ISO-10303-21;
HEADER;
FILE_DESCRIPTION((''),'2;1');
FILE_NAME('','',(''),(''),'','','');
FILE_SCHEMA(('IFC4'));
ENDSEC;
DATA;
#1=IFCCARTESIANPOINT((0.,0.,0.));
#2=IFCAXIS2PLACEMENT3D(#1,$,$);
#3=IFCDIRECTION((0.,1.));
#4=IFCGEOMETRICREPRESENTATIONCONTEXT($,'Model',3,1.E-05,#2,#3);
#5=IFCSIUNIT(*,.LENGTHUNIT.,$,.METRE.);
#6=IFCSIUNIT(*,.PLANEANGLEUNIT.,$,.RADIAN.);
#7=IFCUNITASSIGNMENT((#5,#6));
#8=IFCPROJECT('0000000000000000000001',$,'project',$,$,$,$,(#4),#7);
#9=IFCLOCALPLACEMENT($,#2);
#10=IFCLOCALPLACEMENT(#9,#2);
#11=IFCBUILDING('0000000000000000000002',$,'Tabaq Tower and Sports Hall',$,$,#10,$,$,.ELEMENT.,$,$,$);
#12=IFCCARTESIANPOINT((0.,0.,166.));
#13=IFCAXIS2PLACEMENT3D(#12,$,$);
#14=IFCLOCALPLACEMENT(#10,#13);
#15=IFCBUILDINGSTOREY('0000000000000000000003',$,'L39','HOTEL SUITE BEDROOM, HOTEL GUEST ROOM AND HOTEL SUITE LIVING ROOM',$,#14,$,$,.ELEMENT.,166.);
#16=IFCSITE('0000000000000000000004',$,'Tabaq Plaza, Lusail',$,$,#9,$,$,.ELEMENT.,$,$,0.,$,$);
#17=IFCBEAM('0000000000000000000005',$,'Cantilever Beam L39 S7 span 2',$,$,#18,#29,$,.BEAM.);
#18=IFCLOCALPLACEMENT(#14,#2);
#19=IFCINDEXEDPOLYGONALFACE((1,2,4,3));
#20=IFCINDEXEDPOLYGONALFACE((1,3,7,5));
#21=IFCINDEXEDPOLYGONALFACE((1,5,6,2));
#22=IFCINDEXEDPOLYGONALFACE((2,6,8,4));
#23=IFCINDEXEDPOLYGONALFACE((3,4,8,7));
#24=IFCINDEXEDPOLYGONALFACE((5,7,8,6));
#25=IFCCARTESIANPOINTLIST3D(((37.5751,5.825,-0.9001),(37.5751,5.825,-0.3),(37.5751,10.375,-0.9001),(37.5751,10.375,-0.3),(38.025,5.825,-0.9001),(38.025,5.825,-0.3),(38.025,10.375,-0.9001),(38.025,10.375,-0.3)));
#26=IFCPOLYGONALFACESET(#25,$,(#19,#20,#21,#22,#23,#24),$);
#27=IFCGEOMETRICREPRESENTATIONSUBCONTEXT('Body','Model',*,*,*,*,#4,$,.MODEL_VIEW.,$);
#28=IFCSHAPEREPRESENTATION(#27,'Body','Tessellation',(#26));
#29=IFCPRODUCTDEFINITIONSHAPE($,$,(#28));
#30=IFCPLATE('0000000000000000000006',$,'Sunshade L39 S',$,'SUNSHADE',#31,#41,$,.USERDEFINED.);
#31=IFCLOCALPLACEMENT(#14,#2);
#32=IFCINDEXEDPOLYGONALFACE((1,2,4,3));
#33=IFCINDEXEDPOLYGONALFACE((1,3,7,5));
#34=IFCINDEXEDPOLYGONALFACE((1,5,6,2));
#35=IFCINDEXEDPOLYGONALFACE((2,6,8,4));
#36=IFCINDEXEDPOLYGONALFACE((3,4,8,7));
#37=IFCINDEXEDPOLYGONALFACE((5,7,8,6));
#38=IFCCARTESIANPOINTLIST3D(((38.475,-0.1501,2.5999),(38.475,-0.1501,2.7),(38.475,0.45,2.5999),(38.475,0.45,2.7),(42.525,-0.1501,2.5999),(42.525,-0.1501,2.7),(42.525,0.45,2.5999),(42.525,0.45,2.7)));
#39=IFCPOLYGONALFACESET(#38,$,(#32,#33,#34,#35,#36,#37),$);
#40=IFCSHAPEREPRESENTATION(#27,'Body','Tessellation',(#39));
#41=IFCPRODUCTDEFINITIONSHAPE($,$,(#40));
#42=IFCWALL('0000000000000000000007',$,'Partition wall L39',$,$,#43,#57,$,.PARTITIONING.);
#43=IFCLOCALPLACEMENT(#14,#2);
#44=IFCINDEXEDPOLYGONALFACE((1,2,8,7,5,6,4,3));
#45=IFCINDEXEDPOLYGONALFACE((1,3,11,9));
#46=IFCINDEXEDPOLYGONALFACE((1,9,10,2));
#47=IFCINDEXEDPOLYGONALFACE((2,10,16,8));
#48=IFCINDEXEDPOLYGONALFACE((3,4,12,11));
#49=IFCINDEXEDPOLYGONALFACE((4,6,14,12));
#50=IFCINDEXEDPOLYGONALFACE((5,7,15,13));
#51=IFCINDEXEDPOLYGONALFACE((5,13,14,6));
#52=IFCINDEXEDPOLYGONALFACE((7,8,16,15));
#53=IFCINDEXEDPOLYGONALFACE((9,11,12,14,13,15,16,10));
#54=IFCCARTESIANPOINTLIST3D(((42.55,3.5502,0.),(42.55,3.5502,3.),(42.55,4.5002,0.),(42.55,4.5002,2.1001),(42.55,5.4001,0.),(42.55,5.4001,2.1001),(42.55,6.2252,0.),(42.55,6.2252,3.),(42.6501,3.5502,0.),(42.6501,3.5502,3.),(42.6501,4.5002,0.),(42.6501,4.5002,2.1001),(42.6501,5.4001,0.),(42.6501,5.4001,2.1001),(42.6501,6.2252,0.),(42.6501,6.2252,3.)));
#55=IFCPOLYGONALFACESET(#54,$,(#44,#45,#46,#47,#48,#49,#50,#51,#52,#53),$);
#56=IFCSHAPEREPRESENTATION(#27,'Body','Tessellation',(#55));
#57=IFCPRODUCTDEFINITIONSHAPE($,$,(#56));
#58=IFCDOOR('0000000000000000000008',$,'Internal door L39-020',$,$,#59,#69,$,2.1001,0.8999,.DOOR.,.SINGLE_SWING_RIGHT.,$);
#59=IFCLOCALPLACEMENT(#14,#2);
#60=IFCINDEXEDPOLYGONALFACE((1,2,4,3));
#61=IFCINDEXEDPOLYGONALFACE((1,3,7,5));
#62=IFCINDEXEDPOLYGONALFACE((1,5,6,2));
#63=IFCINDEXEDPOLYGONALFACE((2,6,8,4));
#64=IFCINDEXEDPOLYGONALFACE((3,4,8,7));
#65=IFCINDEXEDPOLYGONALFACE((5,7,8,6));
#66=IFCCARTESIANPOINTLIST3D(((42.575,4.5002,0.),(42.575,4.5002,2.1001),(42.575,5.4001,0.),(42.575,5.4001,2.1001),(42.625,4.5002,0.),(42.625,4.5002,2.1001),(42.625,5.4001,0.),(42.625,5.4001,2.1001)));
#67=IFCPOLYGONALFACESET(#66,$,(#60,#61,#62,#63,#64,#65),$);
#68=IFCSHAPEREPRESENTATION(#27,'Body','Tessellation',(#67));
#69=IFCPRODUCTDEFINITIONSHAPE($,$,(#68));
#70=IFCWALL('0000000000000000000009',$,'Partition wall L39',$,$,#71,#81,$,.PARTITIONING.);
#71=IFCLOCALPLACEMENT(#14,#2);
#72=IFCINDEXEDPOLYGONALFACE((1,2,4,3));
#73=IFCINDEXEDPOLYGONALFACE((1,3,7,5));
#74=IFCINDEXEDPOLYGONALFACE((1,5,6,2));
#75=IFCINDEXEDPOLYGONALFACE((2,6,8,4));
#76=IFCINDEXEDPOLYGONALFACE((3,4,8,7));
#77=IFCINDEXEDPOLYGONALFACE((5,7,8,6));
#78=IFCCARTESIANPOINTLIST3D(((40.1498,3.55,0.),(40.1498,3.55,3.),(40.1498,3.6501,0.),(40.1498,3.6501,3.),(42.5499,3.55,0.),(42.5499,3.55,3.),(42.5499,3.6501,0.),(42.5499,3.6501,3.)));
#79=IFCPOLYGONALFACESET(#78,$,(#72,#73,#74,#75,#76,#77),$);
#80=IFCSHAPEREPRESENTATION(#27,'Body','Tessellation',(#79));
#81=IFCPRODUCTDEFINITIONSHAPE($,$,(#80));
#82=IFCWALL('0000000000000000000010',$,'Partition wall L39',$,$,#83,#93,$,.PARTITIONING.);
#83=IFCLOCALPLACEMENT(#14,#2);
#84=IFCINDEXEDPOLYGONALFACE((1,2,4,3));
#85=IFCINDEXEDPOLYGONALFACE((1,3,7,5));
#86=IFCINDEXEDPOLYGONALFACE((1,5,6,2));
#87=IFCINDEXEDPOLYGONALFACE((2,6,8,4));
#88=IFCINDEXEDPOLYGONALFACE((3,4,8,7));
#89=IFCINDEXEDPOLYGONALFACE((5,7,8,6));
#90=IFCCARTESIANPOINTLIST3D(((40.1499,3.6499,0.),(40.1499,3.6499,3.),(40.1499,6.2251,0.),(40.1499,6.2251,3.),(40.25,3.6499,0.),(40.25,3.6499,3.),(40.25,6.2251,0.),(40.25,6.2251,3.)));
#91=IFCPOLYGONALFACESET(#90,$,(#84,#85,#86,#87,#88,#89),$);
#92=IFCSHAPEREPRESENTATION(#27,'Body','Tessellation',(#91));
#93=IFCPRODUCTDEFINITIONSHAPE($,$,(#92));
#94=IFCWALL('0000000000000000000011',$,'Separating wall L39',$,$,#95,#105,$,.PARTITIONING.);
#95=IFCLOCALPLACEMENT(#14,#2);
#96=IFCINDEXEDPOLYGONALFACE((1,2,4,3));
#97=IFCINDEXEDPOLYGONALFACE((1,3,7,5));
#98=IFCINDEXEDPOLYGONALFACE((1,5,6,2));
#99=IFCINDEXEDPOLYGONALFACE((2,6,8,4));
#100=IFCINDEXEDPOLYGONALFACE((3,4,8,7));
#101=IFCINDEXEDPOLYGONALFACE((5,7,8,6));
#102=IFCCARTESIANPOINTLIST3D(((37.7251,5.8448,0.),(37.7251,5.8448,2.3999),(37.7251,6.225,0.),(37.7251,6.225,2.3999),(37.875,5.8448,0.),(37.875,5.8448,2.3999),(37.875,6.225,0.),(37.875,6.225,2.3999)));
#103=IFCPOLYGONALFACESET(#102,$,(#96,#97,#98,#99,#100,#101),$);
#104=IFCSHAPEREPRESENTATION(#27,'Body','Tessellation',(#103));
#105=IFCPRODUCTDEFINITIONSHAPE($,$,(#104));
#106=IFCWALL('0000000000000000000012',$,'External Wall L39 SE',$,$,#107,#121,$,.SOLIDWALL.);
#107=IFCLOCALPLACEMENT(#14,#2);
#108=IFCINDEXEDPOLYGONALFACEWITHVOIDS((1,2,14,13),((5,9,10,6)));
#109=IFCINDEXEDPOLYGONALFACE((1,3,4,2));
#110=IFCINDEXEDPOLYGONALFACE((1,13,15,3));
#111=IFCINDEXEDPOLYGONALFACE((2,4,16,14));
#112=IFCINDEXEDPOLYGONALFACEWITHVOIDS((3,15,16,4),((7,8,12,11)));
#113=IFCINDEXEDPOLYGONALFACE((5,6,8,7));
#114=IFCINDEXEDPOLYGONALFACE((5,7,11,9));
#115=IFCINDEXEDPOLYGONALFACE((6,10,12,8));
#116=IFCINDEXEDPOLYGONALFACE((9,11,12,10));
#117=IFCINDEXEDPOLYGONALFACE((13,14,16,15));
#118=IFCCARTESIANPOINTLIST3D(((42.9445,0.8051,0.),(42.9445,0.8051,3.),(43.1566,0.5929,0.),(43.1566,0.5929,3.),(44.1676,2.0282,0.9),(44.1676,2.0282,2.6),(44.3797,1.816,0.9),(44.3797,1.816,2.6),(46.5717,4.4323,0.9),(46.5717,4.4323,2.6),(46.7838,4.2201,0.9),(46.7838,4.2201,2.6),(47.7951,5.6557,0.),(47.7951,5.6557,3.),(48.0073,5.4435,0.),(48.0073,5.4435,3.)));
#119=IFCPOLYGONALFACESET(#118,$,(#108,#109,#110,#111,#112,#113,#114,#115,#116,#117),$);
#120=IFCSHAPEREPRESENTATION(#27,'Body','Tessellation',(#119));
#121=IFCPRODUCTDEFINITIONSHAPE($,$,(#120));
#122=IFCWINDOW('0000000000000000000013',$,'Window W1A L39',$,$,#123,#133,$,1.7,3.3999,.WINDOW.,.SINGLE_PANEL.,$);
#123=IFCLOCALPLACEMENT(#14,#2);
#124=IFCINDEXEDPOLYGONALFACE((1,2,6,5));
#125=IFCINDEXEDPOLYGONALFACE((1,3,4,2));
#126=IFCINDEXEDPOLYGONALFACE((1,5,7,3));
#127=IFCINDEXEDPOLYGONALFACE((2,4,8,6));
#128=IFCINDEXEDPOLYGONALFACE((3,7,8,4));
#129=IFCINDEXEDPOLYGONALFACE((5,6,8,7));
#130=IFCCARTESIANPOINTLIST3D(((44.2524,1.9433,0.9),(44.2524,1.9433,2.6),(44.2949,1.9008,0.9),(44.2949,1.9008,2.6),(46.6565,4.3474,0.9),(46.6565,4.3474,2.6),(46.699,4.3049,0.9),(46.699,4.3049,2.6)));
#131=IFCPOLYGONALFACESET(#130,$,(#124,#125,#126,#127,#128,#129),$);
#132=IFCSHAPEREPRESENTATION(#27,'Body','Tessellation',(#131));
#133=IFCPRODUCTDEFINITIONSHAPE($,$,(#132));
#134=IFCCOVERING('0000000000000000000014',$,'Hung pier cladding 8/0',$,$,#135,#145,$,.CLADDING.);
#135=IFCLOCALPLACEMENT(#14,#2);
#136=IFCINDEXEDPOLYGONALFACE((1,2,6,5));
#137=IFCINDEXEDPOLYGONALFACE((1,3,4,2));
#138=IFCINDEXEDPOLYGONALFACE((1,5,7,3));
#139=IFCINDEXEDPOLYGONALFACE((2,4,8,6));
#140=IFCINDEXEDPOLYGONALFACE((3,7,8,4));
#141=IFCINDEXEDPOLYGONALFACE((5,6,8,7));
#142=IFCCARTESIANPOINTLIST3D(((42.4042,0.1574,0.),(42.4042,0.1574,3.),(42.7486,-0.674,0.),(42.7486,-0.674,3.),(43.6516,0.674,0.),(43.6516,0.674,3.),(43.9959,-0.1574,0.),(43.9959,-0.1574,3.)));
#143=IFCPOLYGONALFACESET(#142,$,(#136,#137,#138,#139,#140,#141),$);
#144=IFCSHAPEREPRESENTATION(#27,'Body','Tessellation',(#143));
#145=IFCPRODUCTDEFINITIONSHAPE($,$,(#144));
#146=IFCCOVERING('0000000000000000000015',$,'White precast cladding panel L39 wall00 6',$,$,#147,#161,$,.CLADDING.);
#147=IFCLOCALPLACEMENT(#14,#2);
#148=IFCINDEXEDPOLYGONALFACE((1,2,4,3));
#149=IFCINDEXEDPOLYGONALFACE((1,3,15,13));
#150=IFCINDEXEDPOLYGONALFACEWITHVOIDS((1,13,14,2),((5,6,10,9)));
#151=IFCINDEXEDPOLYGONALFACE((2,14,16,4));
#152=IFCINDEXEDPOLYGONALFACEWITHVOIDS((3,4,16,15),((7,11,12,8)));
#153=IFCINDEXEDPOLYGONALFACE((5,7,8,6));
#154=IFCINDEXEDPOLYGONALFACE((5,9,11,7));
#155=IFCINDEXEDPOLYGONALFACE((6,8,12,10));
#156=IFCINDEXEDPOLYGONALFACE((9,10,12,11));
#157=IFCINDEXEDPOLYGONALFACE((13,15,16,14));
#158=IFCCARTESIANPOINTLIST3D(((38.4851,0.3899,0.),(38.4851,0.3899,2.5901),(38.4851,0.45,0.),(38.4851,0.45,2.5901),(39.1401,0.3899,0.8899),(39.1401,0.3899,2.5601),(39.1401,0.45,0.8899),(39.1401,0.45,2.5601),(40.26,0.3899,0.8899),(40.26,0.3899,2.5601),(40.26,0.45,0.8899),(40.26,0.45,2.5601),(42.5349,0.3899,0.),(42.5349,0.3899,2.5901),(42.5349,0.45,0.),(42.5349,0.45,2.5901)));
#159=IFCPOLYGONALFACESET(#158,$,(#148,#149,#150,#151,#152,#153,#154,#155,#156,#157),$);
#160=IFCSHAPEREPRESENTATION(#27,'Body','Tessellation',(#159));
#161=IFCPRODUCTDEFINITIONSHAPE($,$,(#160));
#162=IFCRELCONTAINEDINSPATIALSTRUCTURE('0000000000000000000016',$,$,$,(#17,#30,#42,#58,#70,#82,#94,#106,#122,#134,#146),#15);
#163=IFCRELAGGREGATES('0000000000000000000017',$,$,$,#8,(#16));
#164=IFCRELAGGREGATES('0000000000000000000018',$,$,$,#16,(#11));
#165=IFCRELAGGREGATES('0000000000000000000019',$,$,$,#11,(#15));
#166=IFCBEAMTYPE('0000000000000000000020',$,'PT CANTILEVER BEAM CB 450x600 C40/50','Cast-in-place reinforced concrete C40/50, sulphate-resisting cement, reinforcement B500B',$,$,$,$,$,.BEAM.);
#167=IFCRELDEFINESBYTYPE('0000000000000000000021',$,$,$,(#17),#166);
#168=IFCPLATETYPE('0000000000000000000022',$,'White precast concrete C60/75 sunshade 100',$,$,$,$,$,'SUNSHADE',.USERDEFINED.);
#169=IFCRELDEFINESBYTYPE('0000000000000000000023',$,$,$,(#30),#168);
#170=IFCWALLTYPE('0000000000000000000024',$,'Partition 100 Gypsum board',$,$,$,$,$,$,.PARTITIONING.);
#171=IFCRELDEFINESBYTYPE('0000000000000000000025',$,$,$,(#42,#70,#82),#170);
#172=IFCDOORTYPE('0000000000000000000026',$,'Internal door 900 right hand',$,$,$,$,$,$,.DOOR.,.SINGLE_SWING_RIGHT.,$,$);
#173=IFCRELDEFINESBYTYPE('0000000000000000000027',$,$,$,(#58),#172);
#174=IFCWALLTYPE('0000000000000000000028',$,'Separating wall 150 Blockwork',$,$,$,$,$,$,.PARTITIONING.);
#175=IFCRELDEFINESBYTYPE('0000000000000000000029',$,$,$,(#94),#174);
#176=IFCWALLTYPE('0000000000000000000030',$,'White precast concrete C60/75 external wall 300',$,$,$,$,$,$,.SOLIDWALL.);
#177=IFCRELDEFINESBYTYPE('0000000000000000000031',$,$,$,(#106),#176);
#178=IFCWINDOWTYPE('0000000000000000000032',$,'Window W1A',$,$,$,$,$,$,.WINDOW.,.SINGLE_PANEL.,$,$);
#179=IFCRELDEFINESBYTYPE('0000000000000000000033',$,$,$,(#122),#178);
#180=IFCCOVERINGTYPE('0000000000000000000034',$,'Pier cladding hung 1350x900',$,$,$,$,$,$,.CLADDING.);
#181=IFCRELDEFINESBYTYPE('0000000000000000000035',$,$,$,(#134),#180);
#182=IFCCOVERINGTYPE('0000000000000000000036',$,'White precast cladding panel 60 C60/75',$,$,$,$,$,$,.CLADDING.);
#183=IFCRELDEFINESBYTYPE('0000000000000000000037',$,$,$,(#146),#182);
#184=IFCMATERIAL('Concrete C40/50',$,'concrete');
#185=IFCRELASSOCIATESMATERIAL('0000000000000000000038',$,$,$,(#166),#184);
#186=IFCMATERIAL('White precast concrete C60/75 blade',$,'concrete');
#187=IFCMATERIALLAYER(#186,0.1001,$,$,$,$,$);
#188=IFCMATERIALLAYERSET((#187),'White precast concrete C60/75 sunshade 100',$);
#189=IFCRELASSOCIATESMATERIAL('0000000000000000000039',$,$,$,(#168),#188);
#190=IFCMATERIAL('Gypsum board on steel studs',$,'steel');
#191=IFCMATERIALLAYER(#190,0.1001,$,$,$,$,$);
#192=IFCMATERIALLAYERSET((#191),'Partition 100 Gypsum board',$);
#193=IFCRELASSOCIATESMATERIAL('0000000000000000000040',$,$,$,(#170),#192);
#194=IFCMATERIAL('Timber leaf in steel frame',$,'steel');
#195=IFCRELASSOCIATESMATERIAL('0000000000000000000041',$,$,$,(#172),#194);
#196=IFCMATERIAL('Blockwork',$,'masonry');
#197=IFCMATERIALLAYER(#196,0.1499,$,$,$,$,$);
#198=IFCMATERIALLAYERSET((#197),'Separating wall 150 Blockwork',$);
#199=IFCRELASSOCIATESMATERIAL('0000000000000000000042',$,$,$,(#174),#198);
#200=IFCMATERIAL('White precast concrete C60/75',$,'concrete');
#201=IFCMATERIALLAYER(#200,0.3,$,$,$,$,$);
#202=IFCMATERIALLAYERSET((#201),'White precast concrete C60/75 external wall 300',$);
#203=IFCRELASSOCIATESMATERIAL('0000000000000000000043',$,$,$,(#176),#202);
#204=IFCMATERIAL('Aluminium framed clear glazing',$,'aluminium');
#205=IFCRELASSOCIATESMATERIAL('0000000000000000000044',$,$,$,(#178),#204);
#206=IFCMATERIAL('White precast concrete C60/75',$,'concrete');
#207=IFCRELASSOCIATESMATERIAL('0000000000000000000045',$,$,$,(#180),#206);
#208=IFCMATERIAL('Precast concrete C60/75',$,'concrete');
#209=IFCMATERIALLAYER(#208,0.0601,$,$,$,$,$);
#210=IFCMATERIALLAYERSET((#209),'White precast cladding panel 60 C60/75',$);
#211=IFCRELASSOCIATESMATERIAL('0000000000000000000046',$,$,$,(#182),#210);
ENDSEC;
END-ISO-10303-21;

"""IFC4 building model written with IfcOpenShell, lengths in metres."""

from ifc_helpers import new_model, si_unit, direction, frame, frame_2d, origin, origin_2d, place, context, subcontext, project, spatial, polyline, rectangle, outline, extrude, material, layer, layer_set, material_profile, profile_set, type_object, element, fill, save


model = new_model("IFC4")

# Units and contexts
model_context = context("Model", 3, precision=1e-05, world=origin(), true_north=direction((0.0, 1.0)))
body_context = subcontext(model_context, "Body", "Model", "MODEL_VIEW")
ifc_project = project(units=[si_unit("LENGTHUNIT", "METRE"), si_unit("PLANEANGLEUNIT", "RADIAN")], contexts=[model_context])

# Site, building, storey
site_placement = place(None, origin())
site = spatial("IfcSite", under=ifc_project, at=site_placement, Name="Tabaq Plaza, Lusail", CompositionType="ELEMENT", RefElevation=0.0)
building_placement = place(site_placement, origin())
building = spatial("IfcBuilding", under=site, at=building_placement, Name="Tabaq Tower and Sports Hall", CompositionType="ELEMENT")
storey_placement = place(building_placement, frame((0.0, 0.0, 166.0)))
storey = spatial("IfcBuildingStorey", under=building, at=storey_placement, Name="L39", Description="HOTEL SUITE BEDROOM, HOTEL GUEST ROOM AND HOTEL SUITE LIVING ROOM", CompositionType="ELEMENT", Elevation=166.0)

# Beam
ifc_material_1 = material(Name="Concrete C40/50", Category="concrete")
ifc_material_profile = material_profile(ifc_material_1, rectangle(XDim=0.45, YDim=0.6001, at=origin_2d()), Name="CB 450x600")
ifc_profile_set = profile_set([ifc_material_profile], Name="Concrete C40/50")
beam_type = type_object("IfcBeamType", Name="PT CANTILEVER BEAM CB 450x600 C40/50", Description="Cast-in-place reinforced concrete C40/50, sulphate-resisting cement, reinforcement B500B", PredefinedType="BEAM", material=ifc_profile_set)
beam_placement = place(storey_placement, frame((37.8, 5.825, -0.6001), z_axis=(0.0, 1.0, 0.0), x_axis=(-1.0, 0.0, 0.0)))
element("IfcBeam", 1, at=beam_placement, inside=storey, type_object=beam_type, Name="Cantilever Beam L39 S7 span 2", PredefinedType="BEAM", context=body_context, shape_type="SweptSolid", body=[
    extrude(rectangle(XDim=0.45, YDim=0.6001, at=origin_2d()), origin(), (0.0, 0.0, 1.0), 4.55),
])

# Plate
ifc_material_2 = material(Name="White precast concrete C60/75 blade", Category="concrete")
ifc_layer_1 = layer(ifc_material_2, 0.1001)
ifc_layer_set_1 = layer_set([ifc_layer_1], Name="White precast concrete C60/75 sunshade 100")
plate_type = type_object("IfcPlateType", Name="White precast concrete C60/75 sunshade 100", ElementType="SUNSHADE", PredefinedType="USERDEFINED", material=ifc_layer_set_1)
plate_placement = place(storey_placement, frame((40.5, 0.1499, 2.5999), z_axis=(0.0, 0.0, 1.0), x_axis=(1.0, 0.0, 0.0)))
element("IfcPlate", 2, at=plate_placement, inside=storey, type_object=plate_type, Name="Sunshade L39 S", ObjectType="SUNSHADE", PredefinedType="USERDEFINED", context=body_context, shape_type="SweptSolid", body=[
    extrude(rectangle(XDim=4.05, YDim=0.6001, at=origin_2d()), origin(), (0.0, 0.0, 1.0), 0.1001),
])

# Wall, opening, door
ifc_material_3 = material(Name="Gypsum board on steel studs", Category="steel")
ifc_layer_2 = layer(ifc_material_3, 0.1001)
ifc_layer_set_2 = layer_set([ifc_layer_2], Name="Partition 100 Gypsum board")
wall_type_1 = type_object("IfcWallType", Name="Partition 100 Gypsum board", PredefinedType="PARTITIONING", material=ifc_layer_set_2)
wall_1_placement = place(storey_placement, frame((42.6001, 6.2251, 0.0), z_axis=(0.0, 0.0, 1.0), x_axis=(0.0, -1.0, 0.0)))
wall_1 = element("IfcWall", 3, at=wall_1_placement, inside=storey, type_object=wall_type_1, Name="Partition wall L39", PredefinedType="PARTITIONING", context=body_context, shape_type="SweptSolid", body=[
    extrude(rectangle(XDim=2.675, YDim=0.1001, at=frame_2d((1.3374, 0.0))), origin(), (0.0, 0.0, 1.0), 3.0),
])
opening_1_placement = place(wall_1_placement, frame((0.825, 0.0, 0.0)))
opening_1 = element("IfcOpeningElement", 4, at=opening_1_placement, cuts=wall_1, PredefinedType="OPENING", context=body_context, shape_type="SweptSolid", body=[
    extrude(rectangle(XDim=0.8999, YDim=2.1001, at=frame_2d((0.45, 1.05))), frame((0.0, 0.05, 0.0), z_axis=(0.0, -1.0, 0.0), x_axis=(1.0, 0.0, 0.0)), (0.0, 0.0, 1.0), 0.1001),
])
ifc_material_4 = material(Name="Timber leaf in steel frame", Category="steel")
door_type = type_object("IfcDoorType", Name="Internal door 900 right hand", OperationType="SINGLE_SWING_RIGHT", PredefinedType="DOOR", material=ifc_material_4)
door_placement = place(opening_1_placement, origin())
door = element("IfcDoor", 5, at=door_placement, inside=storey, type_object=door_type, Name="Internal door L39-020", OperationType="SINGLE_SWING_RIGHT", OverallHeight=2.1001, OverallWidth=0.8999, PredefinedType="DOOR", context=body_context, shape_type="SweptSolid", body=[
    extrude(rectangle(XDim=0.8999, YDim=2.1001, at=frame_2d((0.45, 1.05))), frame((0.0, 0.0249, 0.0), z_axis=(0.0, -1.0, 0.0), x_axis=(1.0, 0.0, 0.0)), (0.0, 0.0, 1.0), 0.05),
])
fill(opening_1, door)

# Walls
wall_2_placement = place(storey_placement, frame((42.55, 3.6001, 0.0), z_axis=(0.0, 0.0, 1.0), x_axis=(-1.0, 0.0, 0.0)))
element("IfcWall", 6, at=wall_2_placement, inside=storey, type_object=wall_type_1, Name="Partition wall L39", PredefinedType="PARTITIONING", context=body_context, shape_type="SweptSolid", body=[
    extrude(rectangle(XDim=2.4001, YDim=0.1001, at=frame_2d((1.2002, 0.0))), origin(), (0.0, 0.0, 1.0), 3.0),
])
wall_3_placement = place(storey_placement, frame((40.2, 3.6499, 0.0), z_axis=(0.0, 0.0, 1.0), x_axis=(0.0, 1.0, 0.0)))
element("IfcWall", 7, at=wall_3_placement, inside=storey, type_object=wall_type_1, Name="Partition wall L39", PredefinedType="PARTITIONING", context=body_context, shape_type="SweptSolid", body=[
    extrude(rectangle(XDim=2.5752, YDim=0.1001, at=frame_2d((1.2876, 0.0))), origin(), (0.0, 0.0, 1.0), 3.0),
])
ifc_material_5 = material(Name="Blockwork", Category="masonry")
ifc_layer_3 = layer(ifc_material_5, 0.1499)
ifc_layer_set_3 = layer_set([ifc_layer_3], Name="Separating wall 150 Blockwork")
wall_type_2 = type_object("IfcWallType", Name="Separating wall 150 Blockwork", PredefinedType="PARTITIONING", material=ifc_layer_set_3)
wall_4_placement = place(storey_placement, frame((37.8, 5.845, 0.0), z_axis=(0.0, 0.0, 1.0), x_axis=(0.0, 1.0, 0.0)))
element("IfcWall", 8, at=wall_4_placement, inside=storey, type_object=wall_type_2, Name="Separating wall L39", PredefinedType="PARTITIONING", context=body_context, shape_type="SweptSolid", body=[
    extrude(rectangle(XDim=0.3801, YDim=0.1499, at=frame_2d((0.1899, 0.0))), origin(), (0.0, 0.0, 1.0), 2.3999),
])

# Wall, opening, window
ifc_material_6 = material(Name="White precast concrete C60/75", Category="concrete")
ifc_layer_4 = layer(ifc_material_6, 0.3)
ifc_layer_set_4 = layer_set([ifc_layer_4], Name="White precast concrete C60/75 external wall 300")
wall_type_3 = type_object("IfcWallType", Name="White precast concrete C60/75 external wall 300", PredefinedType="SOLIDWALL", material=ifc_layer_set_4)
wall_5_placement = place(storey_placement, frame((43.0505, 0.699, 0.0), z_axis=(0.0, 0.0, 1.0), x_axis=(0.707107, 0.707107, 0.0)))
wall_5 = element("IfcWall", 9, at=wall_5_placement, inside=storey, type_object=wall_type_3, Name="External Wall L39 SE", PredefinedType="SOLIDWALL", context=body_context, shape_type="SweptSolid", body=[
    extrude(rectangle(XDim=6.8599, YDim=0.3, at=frame_2d((3.4299, 0.0))), origin(), (0.0, 0.0, 1.0), 3.0),
])
opening_2_placement = place(wall_5_placement, frame((1.7297, 0.0, 0.8999)))
opening_2 = element("IfcOpeningElement", 10, at=opening_2_placement, cuts=wall_5, PredefinedType="OPENING", context=body_context, shape_type="SweptSolid", body=[
    extrude(rectangle(XDim=3.3999, YDim=1.7, at=frame_2d((1.7, 0.8501))), frame((0.0, 0.1602, 0.0), z_axis=(0.0, -1.0, 0.0), x_axis=(1.0, 0.0, 0.0)), (0.0, 0.0, 1.0), 0.3201),
])
ifc_material_7 = material(Name="Aluminium framed clear glazing", Category="aluminium")
window_type = type_object("IfcWindowType", Name="Window W1A", PartitioningType="SINGLE_PANEL", PredefinedType="WINDOW", material=ifc_material_7)
window_placement = place(opening_2_placement, origin())
window = element("IfcWindow", 11, at=window_placement, inside=storey, type_object=window_type, Name="Window W1A L39", OverallHeight=1.7, OverallWidth=3.3999, PartitioningType="SINGLE_PANEL", PredefinedType="WINDOW", context=body_context, shape_type="SweptSolid", body=[
    extrude(rectangle(XDim=3.3999, YDim=1.7, at=frame_2d((1.7, 0.8501))), frame((0.0, 0.03, 0.0), z_axis=(0.0, -1.0, 0.0), x_axis=(1.0, 0.0, 0.0)), (0.0, 0.0, 1.0), 0.0601),
])
fill(opening_2, window)

# Coverings
ifc_material_8 = material(Name="White precast concrete C60/75", Category="concrete")
covering_type_1 = type_object("IfcCoveringType", Name="Pier cladding hung 1350x900", PredefinedType="CLADDING", material=ifc_material_8)
covering_1_placement = place(storey_placement, frame((42.5764, -0.2583, 0.0), z_axis=(0.0, 0.0, 1.0), x_axis=(0.923893, 0.38265, 0.0)))
element("IfcCovering", 12, at=covering_1_placement, inside=storey, type_object=covering_type_1, Name="Hung pier cladding 8/0", PredefinedType="CLADDING", context=body_context, shape_type="SweptSolid", body=[
    extrude(rectangle(XDim=1.3501, YDim=0.8999, at=frame_2d((0.675, 0.0))), origin(), (0.0, 0.0, 1.0), 3.0),
])
ifc_material_9 = material(Name="Precast concrete C60/75", Category="concrete")
ifc_layer_5 = layer(ifc_material_9, 0.0601)
ifc_layer_set_5 = layer_set([ifc_layer_5], Name="White precast cladding panel 60 C60/75")
covering_type_2 = type_object("IfcCoveringType", Name="White precast cladding panel 60 C60/75", PredefinedType="CLADDING", material=ifc_layer_set_5)
covering_2_placement = place(storey_placement, frame((38.4851, 0.4199, 0.0), z_axis=(0.0, 0.0, 1.0), x_axis=(1.0, 0.0, 0.0)))
element("IfcCovering", 13, at=covering_2_placement, inside=storey, type_object=covering_type_2, Name="White precast cladding panel L39 wall00 6", PredefinedType="CLADDING", context=body_context, shape_type="SweptSolid", body=[
    extrude(outline(polyline([(0.0, 0.0), (4.0498, 0.0), (4.0498, 2.5901), (0.0, 2.5901), (0.0, 0.0)]), holes=[polyline([(1.7749, 0.8899), (0.655, 0.8899), (0.655, 2.5601), (1.7749, 2.5601), (1.7749, 0.8899)])]), frame((0.0, 0.03, 0.0), z_axis=(0.0, -1.0, 0.0), x_axis=(1.0, 0.0, 0.0)), (0.0, 0.0, 1.0), 0.0601),
])

save(model, "model.ifc")
